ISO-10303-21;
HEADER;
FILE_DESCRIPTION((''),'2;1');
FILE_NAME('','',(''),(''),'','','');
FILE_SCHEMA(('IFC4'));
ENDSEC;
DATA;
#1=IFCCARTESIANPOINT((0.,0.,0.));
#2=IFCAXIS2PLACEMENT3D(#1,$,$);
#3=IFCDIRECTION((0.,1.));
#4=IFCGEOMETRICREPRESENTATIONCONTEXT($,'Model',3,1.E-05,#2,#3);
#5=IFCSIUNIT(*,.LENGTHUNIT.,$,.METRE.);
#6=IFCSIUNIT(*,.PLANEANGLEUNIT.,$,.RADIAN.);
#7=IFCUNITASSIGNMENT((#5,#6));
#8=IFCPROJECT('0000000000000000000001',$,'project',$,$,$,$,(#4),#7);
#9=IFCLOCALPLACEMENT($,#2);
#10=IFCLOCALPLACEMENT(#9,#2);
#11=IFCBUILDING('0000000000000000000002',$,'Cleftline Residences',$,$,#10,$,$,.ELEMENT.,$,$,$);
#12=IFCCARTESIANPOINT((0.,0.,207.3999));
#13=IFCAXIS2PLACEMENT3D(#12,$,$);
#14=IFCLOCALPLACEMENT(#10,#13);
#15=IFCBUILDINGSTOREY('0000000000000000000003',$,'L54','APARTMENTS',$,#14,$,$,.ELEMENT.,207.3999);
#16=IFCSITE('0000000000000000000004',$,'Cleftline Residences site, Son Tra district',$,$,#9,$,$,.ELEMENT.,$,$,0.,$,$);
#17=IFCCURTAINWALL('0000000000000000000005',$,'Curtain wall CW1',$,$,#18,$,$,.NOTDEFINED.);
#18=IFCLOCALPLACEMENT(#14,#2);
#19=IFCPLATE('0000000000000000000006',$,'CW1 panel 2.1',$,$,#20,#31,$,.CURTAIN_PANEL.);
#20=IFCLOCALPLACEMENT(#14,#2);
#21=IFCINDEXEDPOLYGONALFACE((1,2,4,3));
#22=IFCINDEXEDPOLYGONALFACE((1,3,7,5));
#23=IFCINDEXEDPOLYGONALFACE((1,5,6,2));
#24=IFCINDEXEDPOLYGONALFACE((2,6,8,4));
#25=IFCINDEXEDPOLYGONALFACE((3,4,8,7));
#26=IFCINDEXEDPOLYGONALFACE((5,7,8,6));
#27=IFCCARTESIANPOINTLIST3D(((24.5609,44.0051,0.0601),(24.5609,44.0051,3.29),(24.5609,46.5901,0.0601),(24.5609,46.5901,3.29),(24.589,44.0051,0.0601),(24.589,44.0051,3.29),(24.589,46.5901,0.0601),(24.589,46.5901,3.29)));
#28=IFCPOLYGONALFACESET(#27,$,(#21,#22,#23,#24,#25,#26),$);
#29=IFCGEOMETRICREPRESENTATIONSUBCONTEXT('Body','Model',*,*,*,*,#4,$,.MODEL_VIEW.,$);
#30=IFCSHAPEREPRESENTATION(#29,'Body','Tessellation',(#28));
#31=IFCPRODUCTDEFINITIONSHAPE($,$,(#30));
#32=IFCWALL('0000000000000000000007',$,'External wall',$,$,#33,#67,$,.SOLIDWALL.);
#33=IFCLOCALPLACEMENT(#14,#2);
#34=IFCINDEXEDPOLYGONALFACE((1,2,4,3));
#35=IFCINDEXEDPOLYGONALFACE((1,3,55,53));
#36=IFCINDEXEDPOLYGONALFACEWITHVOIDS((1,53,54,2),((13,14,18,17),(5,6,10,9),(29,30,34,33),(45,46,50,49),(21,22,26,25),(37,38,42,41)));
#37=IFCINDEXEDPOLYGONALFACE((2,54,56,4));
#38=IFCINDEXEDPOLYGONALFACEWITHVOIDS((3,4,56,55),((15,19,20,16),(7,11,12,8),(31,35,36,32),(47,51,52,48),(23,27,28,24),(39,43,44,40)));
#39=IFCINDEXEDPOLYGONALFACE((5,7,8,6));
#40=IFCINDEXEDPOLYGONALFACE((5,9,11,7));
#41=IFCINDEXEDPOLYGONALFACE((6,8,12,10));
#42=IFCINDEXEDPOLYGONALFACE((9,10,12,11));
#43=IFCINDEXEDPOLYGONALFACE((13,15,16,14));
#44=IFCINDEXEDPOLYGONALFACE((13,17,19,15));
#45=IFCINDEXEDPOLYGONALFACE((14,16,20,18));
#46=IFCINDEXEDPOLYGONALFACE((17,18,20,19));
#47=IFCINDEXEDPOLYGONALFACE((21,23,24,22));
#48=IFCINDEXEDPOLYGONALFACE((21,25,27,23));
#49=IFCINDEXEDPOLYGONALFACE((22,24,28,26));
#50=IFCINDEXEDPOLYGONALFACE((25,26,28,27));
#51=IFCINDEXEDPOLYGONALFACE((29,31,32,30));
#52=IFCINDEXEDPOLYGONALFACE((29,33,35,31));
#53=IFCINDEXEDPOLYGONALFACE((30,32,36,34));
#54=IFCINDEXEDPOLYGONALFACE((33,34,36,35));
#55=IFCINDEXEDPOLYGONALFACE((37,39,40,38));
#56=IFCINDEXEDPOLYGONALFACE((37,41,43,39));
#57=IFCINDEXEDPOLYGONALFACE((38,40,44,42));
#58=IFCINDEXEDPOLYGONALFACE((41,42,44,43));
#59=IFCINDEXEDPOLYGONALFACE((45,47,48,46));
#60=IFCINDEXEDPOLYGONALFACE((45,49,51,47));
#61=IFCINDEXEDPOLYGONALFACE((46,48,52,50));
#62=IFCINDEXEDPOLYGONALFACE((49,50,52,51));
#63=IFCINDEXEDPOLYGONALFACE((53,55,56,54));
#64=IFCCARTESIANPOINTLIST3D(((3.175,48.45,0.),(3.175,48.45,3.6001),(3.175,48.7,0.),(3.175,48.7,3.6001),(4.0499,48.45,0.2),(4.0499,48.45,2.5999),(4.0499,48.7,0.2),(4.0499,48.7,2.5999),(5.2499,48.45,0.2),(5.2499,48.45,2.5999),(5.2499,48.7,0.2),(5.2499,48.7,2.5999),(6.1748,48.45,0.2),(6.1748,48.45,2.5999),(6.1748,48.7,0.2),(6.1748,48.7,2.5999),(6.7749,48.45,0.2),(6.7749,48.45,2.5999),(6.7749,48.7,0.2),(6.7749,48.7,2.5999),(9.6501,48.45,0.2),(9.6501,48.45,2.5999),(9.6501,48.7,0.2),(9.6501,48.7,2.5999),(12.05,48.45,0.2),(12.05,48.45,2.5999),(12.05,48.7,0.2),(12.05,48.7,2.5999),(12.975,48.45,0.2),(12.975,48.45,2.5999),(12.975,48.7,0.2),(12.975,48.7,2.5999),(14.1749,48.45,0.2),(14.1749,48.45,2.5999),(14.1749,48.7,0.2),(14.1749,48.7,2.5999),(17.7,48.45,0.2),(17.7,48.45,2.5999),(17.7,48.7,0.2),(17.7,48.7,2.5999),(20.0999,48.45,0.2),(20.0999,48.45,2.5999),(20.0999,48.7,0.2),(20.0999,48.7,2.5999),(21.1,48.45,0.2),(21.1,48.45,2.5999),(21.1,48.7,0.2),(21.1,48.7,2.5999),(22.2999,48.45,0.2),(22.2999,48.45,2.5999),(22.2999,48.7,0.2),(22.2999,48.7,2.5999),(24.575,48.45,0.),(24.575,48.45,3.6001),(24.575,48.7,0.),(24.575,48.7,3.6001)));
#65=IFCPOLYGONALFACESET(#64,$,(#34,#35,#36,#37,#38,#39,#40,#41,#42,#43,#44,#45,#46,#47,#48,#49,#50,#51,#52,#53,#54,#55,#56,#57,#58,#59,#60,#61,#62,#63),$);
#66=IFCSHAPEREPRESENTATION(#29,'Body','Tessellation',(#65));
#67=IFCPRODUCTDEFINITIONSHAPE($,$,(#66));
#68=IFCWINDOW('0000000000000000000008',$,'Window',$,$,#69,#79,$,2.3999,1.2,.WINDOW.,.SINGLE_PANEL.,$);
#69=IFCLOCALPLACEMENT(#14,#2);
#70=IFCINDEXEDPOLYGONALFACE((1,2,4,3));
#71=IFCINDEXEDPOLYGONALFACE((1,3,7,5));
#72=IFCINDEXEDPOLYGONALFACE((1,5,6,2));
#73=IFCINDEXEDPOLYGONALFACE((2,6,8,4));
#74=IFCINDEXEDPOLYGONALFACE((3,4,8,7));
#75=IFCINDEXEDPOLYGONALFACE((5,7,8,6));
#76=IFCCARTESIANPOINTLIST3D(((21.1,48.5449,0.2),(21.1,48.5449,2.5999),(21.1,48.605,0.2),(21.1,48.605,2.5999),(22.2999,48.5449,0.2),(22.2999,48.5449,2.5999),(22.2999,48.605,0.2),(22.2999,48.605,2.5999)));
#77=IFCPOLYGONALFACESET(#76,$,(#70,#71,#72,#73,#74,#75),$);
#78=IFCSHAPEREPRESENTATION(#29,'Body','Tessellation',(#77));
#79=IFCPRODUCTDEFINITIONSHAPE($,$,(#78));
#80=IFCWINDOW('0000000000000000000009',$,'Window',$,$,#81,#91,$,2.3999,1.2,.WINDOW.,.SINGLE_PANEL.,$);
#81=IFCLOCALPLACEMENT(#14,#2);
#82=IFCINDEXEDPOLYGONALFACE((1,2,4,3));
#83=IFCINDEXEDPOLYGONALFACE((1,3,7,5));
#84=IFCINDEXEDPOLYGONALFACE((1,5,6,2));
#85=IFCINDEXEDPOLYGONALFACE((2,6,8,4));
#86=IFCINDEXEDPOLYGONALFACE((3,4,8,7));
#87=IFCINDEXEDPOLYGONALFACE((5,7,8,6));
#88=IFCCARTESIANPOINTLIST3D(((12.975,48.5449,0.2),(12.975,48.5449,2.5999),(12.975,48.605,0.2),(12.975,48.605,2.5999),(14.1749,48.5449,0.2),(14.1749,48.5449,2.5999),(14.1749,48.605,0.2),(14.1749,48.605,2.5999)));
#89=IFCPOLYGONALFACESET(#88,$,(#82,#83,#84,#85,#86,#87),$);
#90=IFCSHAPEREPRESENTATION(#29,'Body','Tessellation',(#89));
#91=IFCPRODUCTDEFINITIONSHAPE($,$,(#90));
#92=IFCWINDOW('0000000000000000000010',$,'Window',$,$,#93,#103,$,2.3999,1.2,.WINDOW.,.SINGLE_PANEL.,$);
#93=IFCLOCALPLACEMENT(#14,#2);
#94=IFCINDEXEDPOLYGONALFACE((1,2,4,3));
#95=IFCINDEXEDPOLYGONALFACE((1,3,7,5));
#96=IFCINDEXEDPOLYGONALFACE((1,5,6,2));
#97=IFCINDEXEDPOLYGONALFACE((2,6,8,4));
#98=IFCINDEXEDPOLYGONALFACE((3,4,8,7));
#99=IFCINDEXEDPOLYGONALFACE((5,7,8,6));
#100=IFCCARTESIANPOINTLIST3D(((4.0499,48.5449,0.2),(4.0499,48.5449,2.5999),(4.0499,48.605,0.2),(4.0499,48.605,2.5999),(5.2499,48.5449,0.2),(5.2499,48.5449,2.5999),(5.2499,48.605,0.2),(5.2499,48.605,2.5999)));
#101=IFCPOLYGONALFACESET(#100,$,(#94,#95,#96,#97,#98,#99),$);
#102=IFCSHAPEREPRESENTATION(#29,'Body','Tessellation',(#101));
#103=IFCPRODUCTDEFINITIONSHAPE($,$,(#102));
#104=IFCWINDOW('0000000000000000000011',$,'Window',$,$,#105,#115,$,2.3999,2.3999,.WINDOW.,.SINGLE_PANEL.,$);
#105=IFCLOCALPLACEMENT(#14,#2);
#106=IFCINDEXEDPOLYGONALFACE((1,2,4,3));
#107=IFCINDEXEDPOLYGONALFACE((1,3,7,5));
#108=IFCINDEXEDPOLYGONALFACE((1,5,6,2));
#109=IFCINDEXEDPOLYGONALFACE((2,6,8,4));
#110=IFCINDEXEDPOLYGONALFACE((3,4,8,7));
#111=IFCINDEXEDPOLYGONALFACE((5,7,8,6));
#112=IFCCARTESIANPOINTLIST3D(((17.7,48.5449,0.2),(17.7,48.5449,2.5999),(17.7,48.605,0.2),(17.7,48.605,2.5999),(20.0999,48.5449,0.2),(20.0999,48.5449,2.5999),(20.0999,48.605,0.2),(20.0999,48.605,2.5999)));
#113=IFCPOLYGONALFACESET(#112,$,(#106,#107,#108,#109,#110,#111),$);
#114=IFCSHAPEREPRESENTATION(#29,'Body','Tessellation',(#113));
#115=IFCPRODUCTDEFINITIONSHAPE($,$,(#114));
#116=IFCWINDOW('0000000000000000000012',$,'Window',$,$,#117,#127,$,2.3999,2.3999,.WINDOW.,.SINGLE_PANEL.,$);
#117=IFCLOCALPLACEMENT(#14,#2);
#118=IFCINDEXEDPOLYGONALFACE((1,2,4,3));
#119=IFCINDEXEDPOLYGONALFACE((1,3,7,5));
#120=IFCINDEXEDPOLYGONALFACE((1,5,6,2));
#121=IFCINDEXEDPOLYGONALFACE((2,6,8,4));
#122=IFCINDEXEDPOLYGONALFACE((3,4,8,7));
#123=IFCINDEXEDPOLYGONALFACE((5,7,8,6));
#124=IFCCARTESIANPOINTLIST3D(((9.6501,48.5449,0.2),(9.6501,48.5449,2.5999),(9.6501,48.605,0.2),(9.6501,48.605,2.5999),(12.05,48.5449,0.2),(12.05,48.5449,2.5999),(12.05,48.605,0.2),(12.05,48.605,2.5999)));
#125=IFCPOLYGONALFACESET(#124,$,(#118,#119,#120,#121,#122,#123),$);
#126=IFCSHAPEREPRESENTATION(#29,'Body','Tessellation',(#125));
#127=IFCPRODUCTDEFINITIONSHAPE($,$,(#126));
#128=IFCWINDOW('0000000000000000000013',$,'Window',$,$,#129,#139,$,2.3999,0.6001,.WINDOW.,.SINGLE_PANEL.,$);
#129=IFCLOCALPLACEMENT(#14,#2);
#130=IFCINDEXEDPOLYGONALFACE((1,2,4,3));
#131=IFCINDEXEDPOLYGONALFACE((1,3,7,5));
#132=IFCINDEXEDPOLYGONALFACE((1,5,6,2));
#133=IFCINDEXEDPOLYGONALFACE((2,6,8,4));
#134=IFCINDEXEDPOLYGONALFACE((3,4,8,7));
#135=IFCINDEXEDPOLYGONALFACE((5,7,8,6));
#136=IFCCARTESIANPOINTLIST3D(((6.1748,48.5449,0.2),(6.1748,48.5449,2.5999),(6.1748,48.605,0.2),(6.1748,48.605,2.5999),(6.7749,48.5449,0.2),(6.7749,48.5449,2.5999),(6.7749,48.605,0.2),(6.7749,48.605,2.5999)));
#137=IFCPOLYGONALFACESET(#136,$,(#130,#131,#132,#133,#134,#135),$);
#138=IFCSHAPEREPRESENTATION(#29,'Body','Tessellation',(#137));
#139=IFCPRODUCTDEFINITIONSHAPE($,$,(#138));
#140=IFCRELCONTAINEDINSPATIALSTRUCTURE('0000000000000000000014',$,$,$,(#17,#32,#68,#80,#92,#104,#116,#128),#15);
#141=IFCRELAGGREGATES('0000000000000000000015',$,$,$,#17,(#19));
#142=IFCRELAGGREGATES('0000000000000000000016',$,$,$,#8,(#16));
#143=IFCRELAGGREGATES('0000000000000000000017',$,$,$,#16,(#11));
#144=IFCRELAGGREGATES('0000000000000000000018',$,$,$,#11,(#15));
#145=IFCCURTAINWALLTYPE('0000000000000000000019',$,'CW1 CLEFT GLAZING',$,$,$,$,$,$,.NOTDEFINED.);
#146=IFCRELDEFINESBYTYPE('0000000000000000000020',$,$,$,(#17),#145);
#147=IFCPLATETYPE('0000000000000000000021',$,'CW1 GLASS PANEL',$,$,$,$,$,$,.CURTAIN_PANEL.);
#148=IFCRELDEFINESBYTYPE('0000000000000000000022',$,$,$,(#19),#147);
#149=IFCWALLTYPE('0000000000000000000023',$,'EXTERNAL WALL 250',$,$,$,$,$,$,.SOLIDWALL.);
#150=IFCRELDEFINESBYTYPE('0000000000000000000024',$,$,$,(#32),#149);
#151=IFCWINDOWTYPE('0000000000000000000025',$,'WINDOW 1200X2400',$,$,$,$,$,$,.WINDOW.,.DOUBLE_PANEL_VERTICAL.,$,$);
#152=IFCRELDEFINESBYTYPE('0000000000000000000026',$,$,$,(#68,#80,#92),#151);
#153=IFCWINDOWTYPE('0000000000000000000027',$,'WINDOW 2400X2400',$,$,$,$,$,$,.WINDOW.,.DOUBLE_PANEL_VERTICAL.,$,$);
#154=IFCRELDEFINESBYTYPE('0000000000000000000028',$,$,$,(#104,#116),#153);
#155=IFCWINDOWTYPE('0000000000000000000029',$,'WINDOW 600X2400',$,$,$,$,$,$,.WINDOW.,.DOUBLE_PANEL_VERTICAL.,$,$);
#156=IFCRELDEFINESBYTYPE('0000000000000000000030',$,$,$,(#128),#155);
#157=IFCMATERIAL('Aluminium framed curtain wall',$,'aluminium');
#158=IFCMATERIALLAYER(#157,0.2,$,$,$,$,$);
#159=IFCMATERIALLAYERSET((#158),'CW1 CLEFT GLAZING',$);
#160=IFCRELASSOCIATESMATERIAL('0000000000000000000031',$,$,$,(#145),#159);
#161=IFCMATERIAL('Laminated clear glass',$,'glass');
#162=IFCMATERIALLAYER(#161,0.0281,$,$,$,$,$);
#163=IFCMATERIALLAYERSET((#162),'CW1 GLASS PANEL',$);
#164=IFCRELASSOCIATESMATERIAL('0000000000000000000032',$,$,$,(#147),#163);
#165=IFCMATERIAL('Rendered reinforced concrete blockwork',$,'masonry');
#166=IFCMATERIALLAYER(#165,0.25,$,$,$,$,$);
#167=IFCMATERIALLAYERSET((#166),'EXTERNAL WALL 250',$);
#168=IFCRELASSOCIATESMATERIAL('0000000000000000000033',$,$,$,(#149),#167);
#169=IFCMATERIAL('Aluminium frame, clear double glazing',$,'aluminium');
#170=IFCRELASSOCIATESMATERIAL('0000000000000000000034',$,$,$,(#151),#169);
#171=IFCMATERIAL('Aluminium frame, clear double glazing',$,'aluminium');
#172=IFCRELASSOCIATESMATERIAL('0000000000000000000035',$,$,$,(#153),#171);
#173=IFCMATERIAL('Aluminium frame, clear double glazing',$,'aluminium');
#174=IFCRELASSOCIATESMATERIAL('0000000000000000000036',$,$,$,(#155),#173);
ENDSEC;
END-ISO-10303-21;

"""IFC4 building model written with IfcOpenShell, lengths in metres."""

from ifc_helpers import new_model, si_unit, direction, frame, frame_2d, origin, origin_2d, place, context, subcontext, project, spatial, rectangle, extrude, material, layer, layer_set, type_object, element, fill, aggregate, save


model = new_model("IFC4")

# Units and contexts
model_context = context("Model", 3, precision=1e-05, world=origin(), true_north=direction((0.0, 1.0)))
body_context = subcontext(model_context, "Body", "Model", "MODEL_VIEW")
ifc_project = project(units=[si_unit("LENGTHUNIT", "METRE"), si_unit("PLANEANGLEUNIT", "RADIAN")], contexts=[model_context])

# Site, building, storey
site_placement = place(None, origin())
site = spatial("IfcSite", under=ifc_project, at=site_placement, Name="Cleftline Residences site, Son Tra district", CompositionType="ELEMENT", RefElevation=0.0)
building_placement = place(site_placement, origin())
building = spatial("IfcBuilding", under=site, at=building_placement, Name="Cleftline Residences", CompositionType="ELEMENT")
storey_placement = place(building_placement, frame((0.0, 0.0, 207.3999)))
storey = spatial("IfcBuildingStorey", under=building, at=storey_placement, Name="L54", Description="APARTMENTS", CompositionType="ELEMENT", Elevation=207.3999)

# Curtain wall, plate
ifc_material_1 = material(Name="Aluminium framed curtain wall", Category="aluminium")
ifc_layer_1 = layer(ifc_material_1, 0.2)
ifc_layer_set_1 = layer_set([ifc_layer_1], Name="CW1 CLEFT GLAZING")
curtain_wall_type = type_object("IfcCurtainWallType", Name="CW1 CLEFT GLAZING", PredefinedType="NOTDEFINED", material=ifc_layer_set_1)
curtain_wall_placement = place(storey_placement, origin())
curtain_wall = element("IfcCurtainWall", 1, at=curtain_wall_placement, inside=storey, type_object=curtain_wall_type, Name="Curtain wall CW1", PredefinedType="NOTDEFINED")
ifc_material_2 = material(Name="Laminated clear glass", Category="glass")
ifc_layer_2 = layer(ifc_material_2, 0.0281)
ifc_layer_set_2 = layer_set([ifc_layer_2], Name="CW1 GLASS PANEL")
plate_type = type_object("IfcPlateType", Name="CW1 GLASS PANEL", PredefinedType="CURTAIN_PANEL", material=ifc_layer_set_2)
plate_1_placement = place(storey_placement, frame((24.575, 45.2976, 0.0601), z_axis=(0.0, 0.0, 1.0), x_axis=(0.0, 1.0, 0.0)))
plate_1 = element("IfcPlate", 2, at=plate_1_placement, type_object=plate_type, Name="CW1 panel 2.1", PredefinedType="CURTAIN_PANEL", context=body_context, shape_type="SweptSolid", body=[
    extrude(rectangle(XDim=2.585, YDim=0.0281, at=origin_2d()), origin(), (0.0, 0.0, 1.0), 3.23),
])
aggregate(curtain_wall, [plate_1])

# Wall, openings, windows
ifc_material_3 = material(Name="Rendered reinforced concrete blockwork", Category="masonry")
ifc_layer_3 = layer(ifc_material_3, 0.25)
ifc_layer_set_3 = layer_set([ifc_layer_3], Name="EXTERNAL WALL 250")
wall_type = type_object("IfcWallType", Name="EXTERNAL WALL 250", PredefinedType="SOLIDWALL", material=ifc_layer_set_3)
wall_placement = place(storey_placement, frame((24.575, 48.575, 0.0), z_axis=(0.0, 0.0, 1.0), x_axis=(-1.0, 0.0, 0.0)))
wall = element("IfcWall", 3, at=wall_placement, inside=storey, type_object=wall_type, Name="External wall", PredefinedType="SOLIDWALL", context=body_context, shape_type="SweptSolid", body=[
    extrude(rectangle(XDim=21.3999, YDim=0.25, at=frame_2d((10.7, 0.0))), origin(), (0.0, 0.0, 1.0), 3.6001),
])
opening_1_placement = place(wall_placement, frame((2.2749, 0.0, 0.2)))
opening_1 = element("IfcOpeningElement", 4, at=opening_1_placement, cuts=wall, PredefinedType="OPENING", context=body_context, shape_type="SweptSolid", body=[
    extrude(rectangle(XDim=1.2, YDim=2.3999, at=frame_2d((0.6001, 1.2))), frame((0.0, 0.135, 0.0), z_axis=(0.0, -1.0, 0.0), x_axis=(1.0, 0.0, 0.0)), (0.0, 0.0, 1.0), 0.27),
])
opening_2_placement = place(wall_placement, frame((4.4751, 0.0, 0.2)))
opening_2 = element("IfcOpeningElement", 5, at=opening_2_placement, cuts=wall, PredefinedType="OPENING", context=body_context, shape_type="SweptSolid", body=[
    extrude(rectangle(XDim=2.3999, YDim=2.3999, at=frame_2d((1.2, 1.2))), frame((0.0, 0.135, 0.0), z_axis=(0.0, -1.0, 0.0), x_axis=(1.0, 0.0, 0.0)), (0.0, 0.0, 1.0), 0.27),
])
opening_3_placement = place(wall_placement, frame((10.3999, 0.0, 0.2)))
opening_3 = element("IfcOpeningElement", 6, at=opening_3_placement, cuts=wall, PredefinedType="OPENING", context=body_context, shape_type="SweptSolid", body=[
    extrude(rectangle(XDim=1.2, YDim=2.3999, at=frame_2d((0.6001, 1.2))), frame((0.0, 0.135, 0.0), z_axis=(0.0, -1.0, 0.0), x_axis=(1.0, 0.0, 0.0)), (0.0, 0.0, 1.0), 0.27),
])
opening_4_placement = place(wall_placement, frame((12.5249, 0.0, 0.2)))
opening_4 = element("IfcOpeningElement", 7, at=opening_4_placement, cuts=wall, PredefinedType="OPENING", context=body_context, shape_type="SweptSolid", body=[
    extrude(rectangle(XDim=2.3999, YDim=2.3999, at=frame_2d((1.2, 1.2))), frame((0.0, 0.135, 0.0), z_axis=(0.0, -1.0, 0.0), x_axis=(1.0, 0.0, 0.0)), (0.0, 0.0, 1.0), 0.27),
])
opening_5_placement = place(wall_placement, frame((17.8, 0.0, 0.2)))
opening_5 = element("IfcOpeningElement", 8, at=opening_5_placement, cuts=wall, PredefinedType="OPENING", context=body_context, shape_type="SweptSolid", body=[
    extrude(rectangle(XDim=0.6001, YDim=2.3999, at=frame_2d((0.3, 1.2))), frame((0.0, 0.135, 0.0), z_axis=(0.0, -1.0, 0.0), x_axis=(1.0, 0.0, 0.0)), (0.0, 0.0, 1.0), 0.27),
])
opening_6_placement = place(wall_placement, frame((19.325, 0.0, 0.2)))
opening_6 = element("IfcOpeningElement", 9, at=opening_6_placement, cuts=wall, PredefinedType="OPENING", context=body_context, shape_type="SweptSolid", body=[
    extrude(rectangle(XDim=1.2, YDim=2.3999, at=frame_2d((0.6001, 1.2))), frame((0.0, 0.135, 0.0), z_axis=(0.0, -1.0, 0.0), x_axis=(1.0, 0.0, 0.0)), (0.0, 0.0, 1.0), 0.27),
])
ifc_material_4 = material(Name="Aluminium frame, clear double glazing", Category="aluminium")
window_type_1 = type_object("IfcWindowType", Name="WINDOW 1200X2400", PartitioningType="DOUBLE_PANEL_VERTICAL", PredefinedType="WINDOW", material=ifc_material_4)
window_1_placement = place(opening_1_placement, origin())
window_1 = element("IfcWindow", 10, at=window_1_placement, inside=storey, type_object=window_type_1, Name="Window", OverallHeight=2.3999, OverallWidth=1.2, PartitioningType="SINGLE_PANEL", PredefinedType="WINDOW", context=body_context, shape_type="SweptSolid", body=[
    extrude(rectangle(XDim=1.2, YDim=2.3999, at=frame_2d((0.6001, 1.2))), frame((0.0, 0.03, 0.0), z_axis=(0.0, -1.0, 0.0), x_axis=(1.0, 0.0, 0.0)), (0.0, 0.0, 1.0), 0.0601),
])
fill(opening_1, window_1)
window_2_placement = place(opening_3_placement, origin())
window_2 = element("IfcWindow", 11, at=window_2_placement, inside=storey, type_object=window_type_1, Name="Window", OverallHeight=2.3999, OverallWidth=1.2, PartitioningType="SINGLE_PANEL", PredefinedType="WINDOW", context=body_context, shape_type="SweptSolid", body=[
    extrude(rectangle(XDim=1.2, YDim=2.3999, at=frame_2d((0.6001, 1.2))), frame((0.0, 0.03, 0.0), z_axis=(0.0, -1.0, 0.0), x_axis=(1.0, 0.0, 0.0)), (0.0, 0.0, 1.0), 0.0601),
])
fill(opening_3, window_2)
window_3_placement = place(opening_6_placement, origin())
window_3 = element("IfcWindow", 12, at=window_3_placement, inside=storey, type_object=window_type_1, Name="Window", OverallHeight=2.3999, OverallWidth=1.2, PartitioningType="SINGLE_PANEL", PredefinedType="WINDOW", context=body_context, shape_type="SweptSolid", body=[
    extrude(rectangle(XDim=1.2, YDim=2.3999, at=frame_2d((0.6001, 1.2))), frame((0.0, 0.03, 0.0), z_axis=(0.0, -1.0, 0.0), x_axis=(1.0, 0.0, 0.0)), (0.0, 0.0, 1.0), 0.0601),
])
fill(opening_6, window_3)
ifc_material_5 = material(Name="Aluminium frame, clear double glazing", Category="aluminium")
window_type_2 = type_object("IfcWindowType", Name="WINDOW 2400X2400", PartitioningType="DOUBLE_PANEL_VERTICAL", PredefinedType="WINDOW", material=ifc_material_5)
window_4_placement = place(opening_2_placement, origin())
window_4 = element("IfcWindow", 13, at=window_4_placement, inside=storey, type_object=window_type_2, Name="Window", OverallHeight=2.3999, OverallWidth=2.3999, PartitioningType="SINGLE_PANEL", PredefinedType="WINDOW", context=body_context, shape_type="SweptSolid", body=[
    extrude(rectangle(XDim=2.3999, YDim=2.3999, at=frame_2d((1.2, 1.2))), frame((0.0, 0.03, 0.0), z_axis=(0.0, -1.0, 0.0), x_axis=(1.0, 0.0, 0.0)), (0.0, 0.0, 1.0), 0.0601),
])
fill(opening_2, window_4)
window_5_placement = place(opening_4_placement, origin())
window_5 = element("IfcWindow", 14, at=window_5_placement, inside=storey, type_object=window_type_2, Name="Window", OverallHeight=2.3999, OverallWidth=2.3999, PartitioningType="SINGLE_PANEL", PredefinedType="WINDOW", context=body_context, shape_type="SweptSolid", body=[
    extrude(rectangle(XDim=2.3999, YDim=2.3999, at=frame_2d((1.2, 1.2))), frame((0.0, 0.03, 0.0), z_axis=(0.0, -1.0, 0.0), x_axis=(1.0, 0.0, 0.0)), (0.0, 0.0, 1.0), 0.0601),
])
fill(opening_4, window_5)
ifc_material_6 = material(Name="Aluminium frame, clear double glazing", Category="aluminium")
window_type_3 = type_object("IfcWindowType", Name="WINDOW 600X2400", PartitioningType="DOUBLE_PANEL_VERTICAL", PredefinedType="WINDOW", material=ifc_material_6)
window_6_placement = place(opening_5_placement, origin())
window_6 = element("IfcWindow", 15, at=window_6_placement, inside=storey, type_object=window_type_3, Name="Window", OverallHeight=2.3999, OverallWidth=0.6001, PartitioningType="SINGLE_PANEL", PredefinedType="WINDOW", context=body_context, shape_type="SweptSolid", body=[
    extrude(rectangle(XDim=0.6001, YDim=2.3999, at=frame_2d((0.3, 1.2))), frame((0.0, 0.03, 0.0), z_axis=(0.0, -1.0, 0.0), x_axis=(1.0, 0.0, 0.0)), (0.0, 0.0, 1.0), 0.0601),
])
fill(opening_5, window_6)

save(model, "model.ifc")
